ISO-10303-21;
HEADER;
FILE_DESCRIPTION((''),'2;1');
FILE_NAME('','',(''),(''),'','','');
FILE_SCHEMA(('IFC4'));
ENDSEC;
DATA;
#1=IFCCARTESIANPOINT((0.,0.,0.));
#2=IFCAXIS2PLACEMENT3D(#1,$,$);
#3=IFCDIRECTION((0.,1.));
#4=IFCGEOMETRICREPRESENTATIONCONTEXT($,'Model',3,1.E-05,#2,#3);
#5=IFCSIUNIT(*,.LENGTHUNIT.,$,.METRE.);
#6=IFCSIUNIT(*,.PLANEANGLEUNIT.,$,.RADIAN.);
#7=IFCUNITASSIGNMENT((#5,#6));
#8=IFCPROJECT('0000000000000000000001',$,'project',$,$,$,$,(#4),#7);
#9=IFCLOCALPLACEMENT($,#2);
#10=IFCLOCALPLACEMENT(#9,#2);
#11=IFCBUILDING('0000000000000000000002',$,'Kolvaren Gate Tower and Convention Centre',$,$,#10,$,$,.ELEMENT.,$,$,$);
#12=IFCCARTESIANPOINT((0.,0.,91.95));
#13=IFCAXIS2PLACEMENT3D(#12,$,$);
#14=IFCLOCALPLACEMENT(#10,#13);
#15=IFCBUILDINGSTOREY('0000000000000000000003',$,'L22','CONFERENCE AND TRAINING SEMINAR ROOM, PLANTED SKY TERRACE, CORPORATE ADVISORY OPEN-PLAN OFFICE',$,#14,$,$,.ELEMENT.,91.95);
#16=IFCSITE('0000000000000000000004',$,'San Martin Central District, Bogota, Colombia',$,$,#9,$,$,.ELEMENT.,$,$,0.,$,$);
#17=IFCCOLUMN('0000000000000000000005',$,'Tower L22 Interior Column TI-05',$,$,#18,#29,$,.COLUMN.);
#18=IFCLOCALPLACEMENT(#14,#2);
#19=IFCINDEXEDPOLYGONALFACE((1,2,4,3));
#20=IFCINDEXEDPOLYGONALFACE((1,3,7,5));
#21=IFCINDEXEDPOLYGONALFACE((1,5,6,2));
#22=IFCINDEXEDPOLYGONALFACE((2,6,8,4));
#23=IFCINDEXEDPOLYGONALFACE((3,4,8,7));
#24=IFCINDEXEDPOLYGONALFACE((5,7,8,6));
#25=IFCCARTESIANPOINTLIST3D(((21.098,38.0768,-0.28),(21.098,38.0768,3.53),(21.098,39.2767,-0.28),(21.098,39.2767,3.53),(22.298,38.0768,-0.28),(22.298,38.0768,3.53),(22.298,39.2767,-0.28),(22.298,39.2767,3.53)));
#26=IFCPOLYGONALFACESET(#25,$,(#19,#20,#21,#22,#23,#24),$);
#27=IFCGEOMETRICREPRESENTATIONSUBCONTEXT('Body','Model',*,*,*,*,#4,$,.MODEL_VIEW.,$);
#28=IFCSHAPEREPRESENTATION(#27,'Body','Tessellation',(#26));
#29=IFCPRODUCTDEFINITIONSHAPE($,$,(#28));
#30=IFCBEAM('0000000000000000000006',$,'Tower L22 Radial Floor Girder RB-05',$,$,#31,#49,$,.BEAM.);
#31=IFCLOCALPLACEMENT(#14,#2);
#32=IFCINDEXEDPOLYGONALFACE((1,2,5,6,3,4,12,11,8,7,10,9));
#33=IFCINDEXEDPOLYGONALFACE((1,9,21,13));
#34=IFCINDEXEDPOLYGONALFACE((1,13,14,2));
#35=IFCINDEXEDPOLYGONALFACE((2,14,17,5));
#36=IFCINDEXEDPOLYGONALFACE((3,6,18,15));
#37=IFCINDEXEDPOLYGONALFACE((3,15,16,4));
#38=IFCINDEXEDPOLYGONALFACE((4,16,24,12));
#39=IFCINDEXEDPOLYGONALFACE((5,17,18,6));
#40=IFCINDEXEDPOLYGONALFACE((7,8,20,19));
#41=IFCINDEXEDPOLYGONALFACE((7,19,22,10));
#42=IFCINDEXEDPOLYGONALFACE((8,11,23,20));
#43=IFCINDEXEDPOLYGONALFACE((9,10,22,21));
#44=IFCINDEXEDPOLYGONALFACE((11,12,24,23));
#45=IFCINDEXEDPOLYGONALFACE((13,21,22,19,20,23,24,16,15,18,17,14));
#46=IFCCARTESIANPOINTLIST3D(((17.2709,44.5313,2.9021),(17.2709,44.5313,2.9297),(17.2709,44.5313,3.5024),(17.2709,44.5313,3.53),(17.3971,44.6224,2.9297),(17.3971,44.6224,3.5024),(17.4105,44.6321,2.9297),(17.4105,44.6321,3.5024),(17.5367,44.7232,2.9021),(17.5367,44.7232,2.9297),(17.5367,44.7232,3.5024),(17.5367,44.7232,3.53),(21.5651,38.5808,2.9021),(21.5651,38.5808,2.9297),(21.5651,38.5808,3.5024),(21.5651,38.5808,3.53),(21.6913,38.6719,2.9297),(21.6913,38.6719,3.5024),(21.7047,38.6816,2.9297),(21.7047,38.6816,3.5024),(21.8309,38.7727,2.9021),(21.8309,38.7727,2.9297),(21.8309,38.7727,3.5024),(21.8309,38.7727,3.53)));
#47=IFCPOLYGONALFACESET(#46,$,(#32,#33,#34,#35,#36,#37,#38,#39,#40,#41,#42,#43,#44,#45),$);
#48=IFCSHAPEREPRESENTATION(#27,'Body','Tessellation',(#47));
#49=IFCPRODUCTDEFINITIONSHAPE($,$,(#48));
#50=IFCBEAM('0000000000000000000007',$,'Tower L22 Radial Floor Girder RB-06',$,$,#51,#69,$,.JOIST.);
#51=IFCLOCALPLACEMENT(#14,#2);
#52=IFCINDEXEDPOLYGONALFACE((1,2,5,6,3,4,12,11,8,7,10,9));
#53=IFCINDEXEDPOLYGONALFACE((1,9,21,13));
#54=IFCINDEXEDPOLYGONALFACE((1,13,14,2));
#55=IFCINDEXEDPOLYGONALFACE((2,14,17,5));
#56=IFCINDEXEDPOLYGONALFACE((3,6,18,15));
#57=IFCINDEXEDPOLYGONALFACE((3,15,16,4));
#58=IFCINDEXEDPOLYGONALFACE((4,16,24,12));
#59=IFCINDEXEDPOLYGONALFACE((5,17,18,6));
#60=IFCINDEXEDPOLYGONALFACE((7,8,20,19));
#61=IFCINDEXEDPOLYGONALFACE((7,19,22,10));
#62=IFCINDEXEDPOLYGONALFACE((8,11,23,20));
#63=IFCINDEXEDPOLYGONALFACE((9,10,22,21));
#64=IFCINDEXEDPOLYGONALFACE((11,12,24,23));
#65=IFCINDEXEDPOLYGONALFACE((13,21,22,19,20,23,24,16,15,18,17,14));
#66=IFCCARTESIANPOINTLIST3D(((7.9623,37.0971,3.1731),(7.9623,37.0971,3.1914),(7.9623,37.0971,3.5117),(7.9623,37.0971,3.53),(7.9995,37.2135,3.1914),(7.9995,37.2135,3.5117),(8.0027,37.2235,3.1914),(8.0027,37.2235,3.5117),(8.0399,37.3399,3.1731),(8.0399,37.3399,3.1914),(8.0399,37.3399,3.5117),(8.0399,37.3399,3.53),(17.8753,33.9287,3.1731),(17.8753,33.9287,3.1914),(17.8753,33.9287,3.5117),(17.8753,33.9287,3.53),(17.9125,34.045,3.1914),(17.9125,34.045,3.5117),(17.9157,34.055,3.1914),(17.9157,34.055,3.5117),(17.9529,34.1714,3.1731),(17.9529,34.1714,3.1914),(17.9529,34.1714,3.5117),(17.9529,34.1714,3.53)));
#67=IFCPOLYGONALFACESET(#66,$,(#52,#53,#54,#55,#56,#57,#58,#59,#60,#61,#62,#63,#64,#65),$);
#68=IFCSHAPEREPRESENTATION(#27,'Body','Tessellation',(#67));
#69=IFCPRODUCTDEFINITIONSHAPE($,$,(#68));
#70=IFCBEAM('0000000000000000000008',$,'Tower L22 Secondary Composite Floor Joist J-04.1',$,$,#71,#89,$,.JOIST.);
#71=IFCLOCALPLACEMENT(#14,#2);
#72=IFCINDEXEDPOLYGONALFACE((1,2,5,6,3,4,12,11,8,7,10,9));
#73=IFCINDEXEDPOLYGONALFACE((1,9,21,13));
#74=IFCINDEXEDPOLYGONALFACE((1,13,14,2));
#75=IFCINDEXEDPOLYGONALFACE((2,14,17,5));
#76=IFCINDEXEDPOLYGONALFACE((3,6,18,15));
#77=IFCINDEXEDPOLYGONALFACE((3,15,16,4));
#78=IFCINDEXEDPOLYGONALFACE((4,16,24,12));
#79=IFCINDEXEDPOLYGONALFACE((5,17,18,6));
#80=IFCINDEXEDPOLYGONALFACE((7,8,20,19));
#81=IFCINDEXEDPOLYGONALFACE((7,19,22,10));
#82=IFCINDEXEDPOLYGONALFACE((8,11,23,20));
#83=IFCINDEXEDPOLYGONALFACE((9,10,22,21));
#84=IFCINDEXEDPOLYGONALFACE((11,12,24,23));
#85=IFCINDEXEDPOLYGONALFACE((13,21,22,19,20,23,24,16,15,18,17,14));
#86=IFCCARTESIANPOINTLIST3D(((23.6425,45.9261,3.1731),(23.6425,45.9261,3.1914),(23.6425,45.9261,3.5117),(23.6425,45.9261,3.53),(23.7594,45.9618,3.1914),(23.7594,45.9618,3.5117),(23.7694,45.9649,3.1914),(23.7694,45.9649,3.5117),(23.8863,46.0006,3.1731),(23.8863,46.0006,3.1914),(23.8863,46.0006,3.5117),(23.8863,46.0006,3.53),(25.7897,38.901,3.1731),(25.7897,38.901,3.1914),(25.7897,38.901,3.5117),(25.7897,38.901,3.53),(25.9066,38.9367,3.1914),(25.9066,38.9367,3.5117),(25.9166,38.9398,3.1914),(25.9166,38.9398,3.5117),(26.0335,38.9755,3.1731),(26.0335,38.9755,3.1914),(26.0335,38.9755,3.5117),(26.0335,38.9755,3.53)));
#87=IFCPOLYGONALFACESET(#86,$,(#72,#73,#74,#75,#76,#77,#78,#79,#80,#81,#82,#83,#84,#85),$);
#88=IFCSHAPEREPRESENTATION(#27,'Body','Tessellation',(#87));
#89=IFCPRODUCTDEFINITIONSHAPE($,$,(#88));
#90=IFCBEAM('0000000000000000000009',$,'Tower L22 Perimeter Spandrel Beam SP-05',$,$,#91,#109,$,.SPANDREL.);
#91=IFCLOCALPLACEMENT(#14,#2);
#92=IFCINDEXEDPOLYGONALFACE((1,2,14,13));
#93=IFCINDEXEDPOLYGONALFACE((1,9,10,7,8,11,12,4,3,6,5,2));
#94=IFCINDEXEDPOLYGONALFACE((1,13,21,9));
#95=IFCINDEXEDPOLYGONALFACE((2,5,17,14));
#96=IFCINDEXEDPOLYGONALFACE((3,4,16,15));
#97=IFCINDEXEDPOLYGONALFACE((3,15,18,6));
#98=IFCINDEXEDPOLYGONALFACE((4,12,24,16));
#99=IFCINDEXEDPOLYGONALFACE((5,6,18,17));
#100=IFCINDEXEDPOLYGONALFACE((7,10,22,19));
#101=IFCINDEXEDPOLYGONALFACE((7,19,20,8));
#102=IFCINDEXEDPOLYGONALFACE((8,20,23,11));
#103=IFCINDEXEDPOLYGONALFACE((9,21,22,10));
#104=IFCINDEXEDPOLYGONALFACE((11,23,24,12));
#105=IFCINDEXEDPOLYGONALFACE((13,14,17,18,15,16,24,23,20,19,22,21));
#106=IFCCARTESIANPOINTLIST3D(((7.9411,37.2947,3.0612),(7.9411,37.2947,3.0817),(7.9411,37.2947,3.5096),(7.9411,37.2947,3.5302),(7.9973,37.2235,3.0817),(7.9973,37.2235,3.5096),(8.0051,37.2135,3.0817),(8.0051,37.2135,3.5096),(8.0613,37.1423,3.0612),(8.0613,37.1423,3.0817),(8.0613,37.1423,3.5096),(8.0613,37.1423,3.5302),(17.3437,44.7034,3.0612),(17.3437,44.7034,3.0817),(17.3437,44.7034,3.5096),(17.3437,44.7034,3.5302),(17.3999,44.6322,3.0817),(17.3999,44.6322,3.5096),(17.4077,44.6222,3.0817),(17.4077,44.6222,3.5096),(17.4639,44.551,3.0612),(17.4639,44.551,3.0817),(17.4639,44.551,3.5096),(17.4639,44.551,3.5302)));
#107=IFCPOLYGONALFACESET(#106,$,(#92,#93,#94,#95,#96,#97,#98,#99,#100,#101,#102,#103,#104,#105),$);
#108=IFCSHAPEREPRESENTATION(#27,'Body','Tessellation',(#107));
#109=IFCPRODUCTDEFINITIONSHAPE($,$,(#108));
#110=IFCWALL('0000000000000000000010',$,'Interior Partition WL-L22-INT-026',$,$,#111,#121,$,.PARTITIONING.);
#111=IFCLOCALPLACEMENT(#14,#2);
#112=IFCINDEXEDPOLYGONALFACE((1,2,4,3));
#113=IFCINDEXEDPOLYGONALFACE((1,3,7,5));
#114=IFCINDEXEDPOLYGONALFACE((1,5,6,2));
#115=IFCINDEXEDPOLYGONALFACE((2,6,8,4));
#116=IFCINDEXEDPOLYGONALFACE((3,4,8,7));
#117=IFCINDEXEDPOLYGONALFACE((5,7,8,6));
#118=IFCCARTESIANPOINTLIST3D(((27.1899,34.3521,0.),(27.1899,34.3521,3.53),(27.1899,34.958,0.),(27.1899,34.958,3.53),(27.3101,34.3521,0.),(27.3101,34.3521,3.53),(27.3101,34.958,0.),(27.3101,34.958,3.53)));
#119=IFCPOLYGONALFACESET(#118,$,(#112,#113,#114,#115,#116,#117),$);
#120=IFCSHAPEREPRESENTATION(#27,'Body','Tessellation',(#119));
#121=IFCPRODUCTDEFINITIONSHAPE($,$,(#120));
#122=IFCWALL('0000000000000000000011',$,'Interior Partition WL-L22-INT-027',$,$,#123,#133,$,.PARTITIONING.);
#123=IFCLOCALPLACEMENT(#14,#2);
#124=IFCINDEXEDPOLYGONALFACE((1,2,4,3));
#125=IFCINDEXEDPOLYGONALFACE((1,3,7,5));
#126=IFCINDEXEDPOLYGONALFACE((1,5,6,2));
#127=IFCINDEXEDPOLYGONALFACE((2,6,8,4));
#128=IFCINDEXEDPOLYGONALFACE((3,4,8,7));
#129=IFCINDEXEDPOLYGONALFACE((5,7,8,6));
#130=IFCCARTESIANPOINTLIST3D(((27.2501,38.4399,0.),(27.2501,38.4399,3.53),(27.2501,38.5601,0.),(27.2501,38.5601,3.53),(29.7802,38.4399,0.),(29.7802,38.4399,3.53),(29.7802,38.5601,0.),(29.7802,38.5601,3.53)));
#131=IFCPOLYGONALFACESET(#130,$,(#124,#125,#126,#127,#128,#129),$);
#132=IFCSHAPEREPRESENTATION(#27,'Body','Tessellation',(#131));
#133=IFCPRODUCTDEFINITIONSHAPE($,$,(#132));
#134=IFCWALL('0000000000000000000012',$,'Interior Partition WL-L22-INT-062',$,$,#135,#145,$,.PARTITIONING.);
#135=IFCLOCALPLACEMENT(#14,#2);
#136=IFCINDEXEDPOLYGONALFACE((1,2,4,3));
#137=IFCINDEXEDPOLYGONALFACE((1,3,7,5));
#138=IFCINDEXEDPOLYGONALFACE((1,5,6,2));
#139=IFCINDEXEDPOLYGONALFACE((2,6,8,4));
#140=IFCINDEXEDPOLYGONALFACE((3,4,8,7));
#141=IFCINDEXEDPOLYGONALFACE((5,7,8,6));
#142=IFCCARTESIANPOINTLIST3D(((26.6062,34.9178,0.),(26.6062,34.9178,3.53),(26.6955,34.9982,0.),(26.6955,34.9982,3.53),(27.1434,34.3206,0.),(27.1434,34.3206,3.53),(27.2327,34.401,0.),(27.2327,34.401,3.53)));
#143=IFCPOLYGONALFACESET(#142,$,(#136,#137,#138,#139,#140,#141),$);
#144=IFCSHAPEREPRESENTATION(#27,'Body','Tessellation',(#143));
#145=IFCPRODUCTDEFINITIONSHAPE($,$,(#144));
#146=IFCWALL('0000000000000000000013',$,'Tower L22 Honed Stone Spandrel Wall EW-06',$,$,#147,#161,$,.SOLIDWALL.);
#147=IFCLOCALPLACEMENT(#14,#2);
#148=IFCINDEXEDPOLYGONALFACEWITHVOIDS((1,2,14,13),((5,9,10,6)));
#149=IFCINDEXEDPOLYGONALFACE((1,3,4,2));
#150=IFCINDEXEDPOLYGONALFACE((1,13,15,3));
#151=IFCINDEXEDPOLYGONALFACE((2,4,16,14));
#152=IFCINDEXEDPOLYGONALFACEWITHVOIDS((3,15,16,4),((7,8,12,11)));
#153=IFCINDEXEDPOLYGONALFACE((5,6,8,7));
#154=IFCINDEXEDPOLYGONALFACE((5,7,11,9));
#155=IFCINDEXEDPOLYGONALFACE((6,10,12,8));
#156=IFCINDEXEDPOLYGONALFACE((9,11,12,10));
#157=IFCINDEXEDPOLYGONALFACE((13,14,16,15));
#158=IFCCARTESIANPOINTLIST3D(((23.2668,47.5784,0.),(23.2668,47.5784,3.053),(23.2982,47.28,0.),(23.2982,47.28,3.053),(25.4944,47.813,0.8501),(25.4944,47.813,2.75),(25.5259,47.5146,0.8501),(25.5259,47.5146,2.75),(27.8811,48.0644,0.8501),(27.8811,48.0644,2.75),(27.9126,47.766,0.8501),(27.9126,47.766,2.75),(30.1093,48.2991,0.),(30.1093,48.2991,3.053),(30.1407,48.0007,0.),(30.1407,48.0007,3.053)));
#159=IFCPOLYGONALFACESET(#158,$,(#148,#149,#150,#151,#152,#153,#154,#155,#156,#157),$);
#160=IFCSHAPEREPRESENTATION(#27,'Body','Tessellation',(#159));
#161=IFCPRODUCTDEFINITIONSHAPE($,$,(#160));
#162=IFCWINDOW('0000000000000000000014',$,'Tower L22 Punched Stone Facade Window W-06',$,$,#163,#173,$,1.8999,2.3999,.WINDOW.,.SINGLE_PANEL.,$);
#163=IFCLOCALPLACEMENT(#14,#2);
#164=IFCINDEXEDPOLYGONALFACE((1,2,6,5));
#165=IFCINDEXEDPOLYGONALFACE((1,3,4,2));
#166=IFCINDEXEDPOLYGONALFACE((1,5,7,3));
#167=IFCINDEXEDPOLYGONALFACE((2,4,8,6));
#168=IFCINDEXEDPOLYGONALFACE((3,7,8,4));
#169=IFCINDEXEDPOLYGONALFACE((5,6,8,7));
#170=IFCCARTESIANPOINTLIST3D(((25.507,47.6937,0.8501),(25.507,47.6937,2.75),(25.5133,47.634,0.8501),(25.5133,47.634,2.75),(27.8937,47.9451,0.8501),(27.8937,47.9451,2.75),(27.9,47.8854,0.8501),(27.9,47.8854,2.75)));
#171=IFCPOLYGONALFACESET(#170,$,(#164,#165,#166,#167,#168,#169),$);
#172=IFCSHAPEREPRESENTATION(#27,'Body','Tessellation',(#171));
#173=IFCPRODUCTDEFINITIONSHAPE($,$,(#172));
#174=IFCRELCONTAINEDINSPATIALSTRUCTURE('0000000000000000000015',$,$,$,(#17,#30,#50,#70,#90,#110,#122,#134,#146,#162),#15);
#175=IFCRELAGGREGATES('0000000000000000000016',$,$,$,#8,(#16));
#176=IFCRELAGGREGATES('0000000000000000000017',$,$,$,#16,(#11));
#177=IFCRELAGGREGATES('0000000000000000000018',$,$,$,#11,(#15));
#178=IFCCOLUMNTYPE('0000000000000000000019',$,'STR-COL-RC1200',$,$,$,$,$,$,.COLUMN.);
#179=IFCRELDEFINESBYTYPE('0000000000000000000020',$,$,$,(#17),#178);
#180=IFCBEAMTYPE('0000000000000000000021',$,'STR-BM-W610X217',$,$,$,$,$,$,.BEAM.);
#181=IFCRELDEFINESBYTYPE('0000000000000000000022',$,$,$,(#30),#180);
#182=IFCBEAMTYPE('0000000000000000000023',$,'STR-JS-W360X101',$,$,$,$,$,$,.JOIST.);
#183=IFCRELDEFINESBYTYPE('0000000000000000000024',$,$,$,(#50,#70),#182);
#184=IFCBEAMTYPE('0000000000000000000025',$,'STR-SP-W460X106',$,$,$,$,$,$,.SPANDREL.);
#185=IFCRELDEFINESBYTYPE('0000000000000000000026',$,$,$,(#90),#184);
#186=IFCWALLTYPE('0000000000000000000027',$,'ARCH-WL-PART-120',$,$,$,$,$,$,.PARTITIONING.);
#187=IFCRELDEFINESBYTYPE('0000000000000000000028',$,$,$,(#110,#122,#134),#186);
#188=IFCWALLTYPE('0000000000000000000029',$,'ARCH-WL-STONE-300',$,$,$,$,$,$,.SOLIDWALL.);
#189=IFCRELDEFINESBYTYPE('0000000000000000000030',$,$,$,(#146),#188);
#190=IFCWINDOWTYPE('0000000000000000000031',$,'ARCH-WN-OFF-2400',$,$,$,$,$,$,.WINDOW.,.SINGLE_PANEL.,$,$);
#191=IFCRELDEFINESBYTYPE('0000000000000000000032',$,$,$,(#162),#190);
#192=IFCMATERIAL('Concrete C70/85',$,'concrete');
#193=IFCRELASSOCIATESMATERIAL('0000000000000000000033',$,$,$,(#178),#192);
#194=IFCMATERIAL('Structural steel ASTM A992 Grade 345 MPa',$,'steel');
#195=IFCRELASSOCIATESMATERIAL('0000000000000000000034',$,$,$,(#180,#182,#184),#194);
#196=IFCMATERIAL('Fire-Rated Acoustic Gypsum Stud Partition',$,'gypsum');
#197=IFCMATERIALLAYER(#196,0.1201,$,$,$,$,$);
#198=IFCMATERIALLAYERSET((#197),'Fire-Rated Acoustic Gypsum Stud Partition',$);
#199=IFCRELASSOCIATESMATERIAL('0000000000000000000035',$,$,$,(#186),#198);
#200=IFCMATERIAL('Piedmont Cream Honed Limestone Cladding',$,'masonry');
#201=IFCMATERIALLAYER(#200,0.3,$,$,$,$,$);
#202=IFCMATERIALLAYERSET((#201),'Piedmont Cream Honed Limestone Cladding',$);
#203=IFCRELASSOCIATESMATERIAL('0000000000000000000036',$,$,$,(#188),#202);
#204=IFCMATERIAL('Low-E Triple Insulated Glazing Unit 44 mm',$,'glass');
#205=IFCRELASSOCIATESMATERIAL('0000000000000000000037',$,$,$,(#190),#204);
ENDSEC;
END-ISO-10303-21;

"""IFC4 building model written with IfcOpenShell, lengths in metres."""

from ifc_helpers import new_model, si_unit, direction, frame, frame_2d, origin, origin_2d, place, context, subcontext, project, spatial, rectangle, i_section, extrude, material, layer, layer_set, material_profile, profile_set, type_object, element, fill, save


model = new_model("IFC4")

# Units and contexts
model_context = context("Model", 3, precision=1e-05, world=origin(), true_north=direction((0.0, 1.0)))
body_context = subcontext(model_context, "Body", "Model", "MODEL_VIEW")
ifc_project = project(units=[si_unit("LENGTHUNIT", "METRE"), si_unit("PLANEANGLEUNIT", "RADIAN")], contexts=[model_context])

# Site, building, storey
site_placement = place(None, origin())
site = spatial("IfcSite", under=ifc_project, at=site_placement, Name="San Martin Central District, Bogota, Colombia", CompositionType="ELEMENT", RefElevation=0.0)
building_placement = place(site_placement, origin())
building = spatial("IfcBuilding", under=site, at=building_placement, Name="Kolvaren Gate Tower and Convention Centre", CompositionType="ELEMENT")
storey_placement = place(building_placement, frame((0.0, 0.0, 91.95)))
storey = spatial("IfcBuildingStorey", under=building, at=storey_placement, Name="L22", Description="CONFERENCE AND TRAINING SEMINAR ROOM, PLANTED SKY TERRACE, CORPORATE ADVISORY OPEN-PLAN OFFICE", CompositionType="ELEMENT", Elevation=91.95)

# Column
ifc_material_1 = material(Name="Concrete C70/85", Category="concrete")
ifc_material_profile_1 = material_profile(ifc_material_1, rectangle(XDim=1.2, YDim=1.2, at=origin_2d()), Name="RC-COL-1200X1200")
ifc_profile_set_1 = profile_set([ifc_material_profile_1], Name="Concrete C70/85")
column_type = type_object("IfcColumnType", Name="STR-COL-RC1200", PredefinedType="COLUMN", material=ifc_profile_set_1)
column_placement = place(storey_placement, frame((21.698, 38.6768, -0.28), z_axis=(0.0, 0.0, 1.0), x_axis=(1.0, 0.0, 0.0)))
element("IfcColumn", 1, at=column_placement, inside=storey, type_object=column_type, Name="Tower L22 Interior Column TI-05", PredefinedType="COLUMN", context=body_context, shape_type="SweptSolid", body=[
    extrude(rectangle(XDim=1.2, YDim=1.2, at=origin_2d()), origin(), (0.0, 0.0, 1.0), 3.8101),
])

# Beams
ifc_material_2 = material(Name="Structural steel ASTM A992 Grade 345 MPa", Category="steel")
ifc_material_profile_2 = material_profile(ifc_material_2, i_section(OverallWidth=0.3279, OverallDepth=0.6279, WebThickness=0.0166, FlangeThickness=0.0276, at=origin_2d()), Name="W610X217")
ifc_profile_set_2 = profile_set([ifc_material_profile_2], Name="Structural steel ASTM A992 Grade 345 MPa")
beam_type_1 = type_object("IfcBeamType", Name="STR-BM-W610X217", PredefinedType="BEAM", material=ifc_profile_set_2)
beam_1_placement = place(storey_placement, frame((21.698, 38.6768, 3.2161), z_axis=(-0.58519, 0.810896, 0.0), x_axis=(-0.810896, -0.58519, 0.0)))
element("IfcBeam", 2, at=beam_1_placement, inside=storey, type_object=beam_type_1, Name="Tower L22 Radial Floor Girder RB-05", PredefinedType="BEAM", context=body_context, shape_type="SweptSolid", body=[
    extrude(i_section(OverallWidth=0.3279, OverallDepth=0.6279, WebThickness=0.0166, FlangeThickness=0.0276, at=origin_2d()), origin(), (0.0, 0.0, 1.0), 7.3381),
])
ifc_material_profile_3 = material_profile(ifc_material_2, i_section(OverallWidth=0.2549, OverallDepth=0.3569, WebThickness=0.0105, FlangeThickness=0.0183, at=origin_2d()), Name="W360X101")
ifc_profile_set_3 = profile_set([ifc_material_profile_3], Name="Structural steel ASTM A992 Grade 345 MPa")
beam_type_2 = type_object("IfcBeamType", Name="STR-JS-W360X101", PredefinedType="JOIST", material=ifc_profile_set_3)
beam_2_placement = place(storey_placement, frame((17.9141, 34.05, 3.3516), z_axis=(-0.952526, 0.304457, 0.0), x_axis=(-0.304457, -0.952526, 0.0)))
element("IfcBeam", 3, at=beam_2_placement, inside=storey, type_object=beam_type_2, Name="Tower L22 Radial Floor Girder RB-06", PredefinedType="JOIST", context=body_context, shape_type="SweptSolid", body=[
    extrude(i_section(OverallWidth=0.2549, OverallDepth=0.3569, WebThickness=0.0105, FlangeThickness=0.0183, at=origin_2d()), origin(), (0.0, 0.0, 1.0), 10.407),
])
beam_3_placement = place(storey_placement, frame((25.9116, 38.9382, 3.3516), z_axis=(-0.292299, 0.956327, 0.0), x_axis=(-0.956327, -0.292299, 0.0)))
element("IfcBeam", 4, at=beam_3_placement, inside=storey, type_object=beam_type_2, Name="Tower L22 Secondary Composite Floor Joist J-04.1", PredefinedType="JOIST", context=body_context, shape_type="SweptSolid", body=[
    extrude(i_section(OverallWidth=0.2549, OverallDepth=0.3569, WebThickness=0.0105, FlangeThickness=0.0183, at=origin_2d()), origin(), (0.0, 0.0, 1.0), 7.3459),
])
ifc_material_profile_4 = material_profile(ifc_material_2, i_section(OverallWidth=0.1941, OverallDepth=0.469, WebThickness=0.0127, FlangeThickness=0.0205, at=origin_2d()), Name="W460X106")
ifc_profile_set_4 = profile_set([ifc_material_profile_4], Name="Structural steel ASTM A992 Grade 345 MPa")
beam_type_3 = type_object("IfcBeamType", Name="STR-SP-W460X106", PredefinedType="SPANDREL", material=ifc_profile_set_4)
beam_4_placement = place(storey_placement, frame((17.4038, 44.6272, 3.2957), z_axis=(-0.785468, -0.618903, 0.0), x_axis=(0.618903, -0.785468, 0.0)))
element("IfcBeam", 5, at=beam_4_placement, inside=storey, type_object=beam_type_3, Name="Tower L22 Perimeter Spandrel Beam SP-05", PredefinedType="SPANDREL", context=body_context, shape_type="SweptSolid", body=[
    extrude(i_section(OverallWidth=0.1941, OverallDepth=0.469, WebThickness=0.0127, FlangeThickness=0.0205, at=origin_2d()), origin(), (0.0, 0.0, 1.0), 11.9707),
])

# Walls
ifc_material_3 = material(Name="Fire-Rated Acoustic Gypsum Stud Partition", Category="gypsum")
ifc_layer_1 = layer(ifc_material_3, 0.1201)
ifc_layer_set_1 = layer_set([ifc_layer_1], Name="Fire-Rated Acoustic Gypsum Stud Partition")
wall_type_1 = type_object("IfcWallType", Name="ARCH-WL-PART-120", PredefinedType="PARTITIONING", material=ifc_layer_set_1)
wall_1_placement = place(storey_placement, frame((27.25, 34.3521, 0.0), z_axis=(0.0, 0.0, 1.0), x_axis=(0.0, 1.0, 0.0)))
element("IfcWall", 6, at=wall_1_placement, inside=storey, type_object=wall_type_1, Name="Interior Partition WL-L22-INT-026", PredefinedType="PARTITIONING", context=body_context, shape_type="SweptSolid", body=[
    extrude(rectangle(XDim=0.606, YDim=0.1201, at=frame_2d((0.303, 0.0))), origin(), (0.0, 0.0, 1.0), 3.53),
])
wall_2_placement = place(storey_placement, frame((27.25, 38.5, 0.0), z_axis=(0.0, 0.0, 1.0), x_axis=(1.0, 0.0, 0.0)))
element("IfcWall", 7, at=wall_2_placement, inside=storey, type_object=wall_type_1, Name="Interior Partition WL-L22-INT-027", PredefinedType="PARTITIONING", context=body_context, shape_type="SweptSolid", body=[
    extrude(rectangle(XDim=2.53, YDim=0.1201, at=frame_2d((1.2651, 0.0))), origin(), (0.0, 0.0, 1.0), 3.53),
])
wall_3_placement = place(storey_placement, frame((26.6509, 34.958, 0.0), z_axis=(0.0, 0.0, 1.0), x_axis=(0.66873, -0.743506, 0.0)))
element("IfcWall", 8, at=wall_3_placement, inside=storey, type_object=wall_type_1, Name="Interior Partition WL-L22-INT-062", PredefinedType="PARTITIONING", context=body_context, shape_type="SweptSolid", body=[
    extrude(rectangle(XDim=0.8032, YDim=0.1201, at=frame_2d((0.4016, 0.0))), origin(), (0.0, 0.0, 1.0), 3.53),
])

# Wall, opening, window
ifc_material_4 = material(Name="Piedmont Cream Honed Limestone Cladding", Category="masonry")
ifc_layer_2 = layer(ifc_material_4, 0.3)
ifc_layer_set_2 = layer_set([ifc_layer_2], Name="Piedmont Cream Honed Limestone Cladding")
wall_type_2 = type_object("IfcWallType", Name="ARCH-WL-STONE-300", PredefinedType="SOLIDWALL", material=ifc_layer_set_2)
wall_4_placement = place(storey_placement, frame((23.2825, 47.4292, 0.0), z_axis=(0.0, 0.0, 1.0), x_axis=(0.994499, 0.104748, 0.0)))
wall_4 = element("IfcWall", 9, at=wall_4_placement, inside=storey, type_object=wall_type_2, Name="Tower L22 Honed Stone Spandrel Wall EW-06", PredefinedType="SOLIDWALL", context=body_context, shape_type="SweptSolid", body=[
    extrude(rectangle(XDim=6.8804, YDim=0.3, at=frame_2d((3.4402, 0.0))), origin(), (0.0, 0.0, 1.0), 3.053),
])
opening_1_placement = place(wall_4_placement, frame((2.24, 0.0, 0.8501)))
opening_1 = element("IfcOpeningElement", 10, at=opening_1_placement, cuts=wall_4, PredefinedType="OPENING", context=body_context, shape_type="SweptSolid", body=[
    extrude(rectangle(XDim=2.3999, YDim=1.8999, at=frame_2d((1.2, 0.95))), frame((0.0, 0.1599, 0.0), z_axis=(0.0, -1.0, 0.0), x_axis=(1.0, 0.0, 0.0)), (0.0, 0.0, 1.0), 0.3201),
])
ifc_material_5 = material(Name="Low-E Triple Insulated Glazing Unit 44 mm", Category="glass")
window_type = type_object("IfcWindowType", Name="ARCH-WN-OFF-2400", PartitioningType="SINGLE_PANEL", PredefinedType="WINDOW", material=ifc_material_5)
window_placement = place(opening_1_placement, origin())
window = element("IfcWindow", 11, at=window_placement, inside=storey, type_object=window_type, Name="Tower L22 Punched Stone Facade Window W-06", OverallHeight=1.8999, OverallWidth=2.3999, PartitioningType="SINGLE_PANEL", PredefinedType="WINDOW", context=body_context, shape_type="SweptSolid", body=[
    extrude(rectangle(XDim=2.3999, YDim=1.8999, at=frame_2d((1.2, 0.95))), frame((0.0, 0.03, 0.0), z_axis=(0.0, -1.0, 0.0), x_axis=(1.0, 0.0, 0.0)), (0.0, 0.0, 1.0), 0.0601),
])
fill(opening_1, window)

save(model, "model.ifc")
